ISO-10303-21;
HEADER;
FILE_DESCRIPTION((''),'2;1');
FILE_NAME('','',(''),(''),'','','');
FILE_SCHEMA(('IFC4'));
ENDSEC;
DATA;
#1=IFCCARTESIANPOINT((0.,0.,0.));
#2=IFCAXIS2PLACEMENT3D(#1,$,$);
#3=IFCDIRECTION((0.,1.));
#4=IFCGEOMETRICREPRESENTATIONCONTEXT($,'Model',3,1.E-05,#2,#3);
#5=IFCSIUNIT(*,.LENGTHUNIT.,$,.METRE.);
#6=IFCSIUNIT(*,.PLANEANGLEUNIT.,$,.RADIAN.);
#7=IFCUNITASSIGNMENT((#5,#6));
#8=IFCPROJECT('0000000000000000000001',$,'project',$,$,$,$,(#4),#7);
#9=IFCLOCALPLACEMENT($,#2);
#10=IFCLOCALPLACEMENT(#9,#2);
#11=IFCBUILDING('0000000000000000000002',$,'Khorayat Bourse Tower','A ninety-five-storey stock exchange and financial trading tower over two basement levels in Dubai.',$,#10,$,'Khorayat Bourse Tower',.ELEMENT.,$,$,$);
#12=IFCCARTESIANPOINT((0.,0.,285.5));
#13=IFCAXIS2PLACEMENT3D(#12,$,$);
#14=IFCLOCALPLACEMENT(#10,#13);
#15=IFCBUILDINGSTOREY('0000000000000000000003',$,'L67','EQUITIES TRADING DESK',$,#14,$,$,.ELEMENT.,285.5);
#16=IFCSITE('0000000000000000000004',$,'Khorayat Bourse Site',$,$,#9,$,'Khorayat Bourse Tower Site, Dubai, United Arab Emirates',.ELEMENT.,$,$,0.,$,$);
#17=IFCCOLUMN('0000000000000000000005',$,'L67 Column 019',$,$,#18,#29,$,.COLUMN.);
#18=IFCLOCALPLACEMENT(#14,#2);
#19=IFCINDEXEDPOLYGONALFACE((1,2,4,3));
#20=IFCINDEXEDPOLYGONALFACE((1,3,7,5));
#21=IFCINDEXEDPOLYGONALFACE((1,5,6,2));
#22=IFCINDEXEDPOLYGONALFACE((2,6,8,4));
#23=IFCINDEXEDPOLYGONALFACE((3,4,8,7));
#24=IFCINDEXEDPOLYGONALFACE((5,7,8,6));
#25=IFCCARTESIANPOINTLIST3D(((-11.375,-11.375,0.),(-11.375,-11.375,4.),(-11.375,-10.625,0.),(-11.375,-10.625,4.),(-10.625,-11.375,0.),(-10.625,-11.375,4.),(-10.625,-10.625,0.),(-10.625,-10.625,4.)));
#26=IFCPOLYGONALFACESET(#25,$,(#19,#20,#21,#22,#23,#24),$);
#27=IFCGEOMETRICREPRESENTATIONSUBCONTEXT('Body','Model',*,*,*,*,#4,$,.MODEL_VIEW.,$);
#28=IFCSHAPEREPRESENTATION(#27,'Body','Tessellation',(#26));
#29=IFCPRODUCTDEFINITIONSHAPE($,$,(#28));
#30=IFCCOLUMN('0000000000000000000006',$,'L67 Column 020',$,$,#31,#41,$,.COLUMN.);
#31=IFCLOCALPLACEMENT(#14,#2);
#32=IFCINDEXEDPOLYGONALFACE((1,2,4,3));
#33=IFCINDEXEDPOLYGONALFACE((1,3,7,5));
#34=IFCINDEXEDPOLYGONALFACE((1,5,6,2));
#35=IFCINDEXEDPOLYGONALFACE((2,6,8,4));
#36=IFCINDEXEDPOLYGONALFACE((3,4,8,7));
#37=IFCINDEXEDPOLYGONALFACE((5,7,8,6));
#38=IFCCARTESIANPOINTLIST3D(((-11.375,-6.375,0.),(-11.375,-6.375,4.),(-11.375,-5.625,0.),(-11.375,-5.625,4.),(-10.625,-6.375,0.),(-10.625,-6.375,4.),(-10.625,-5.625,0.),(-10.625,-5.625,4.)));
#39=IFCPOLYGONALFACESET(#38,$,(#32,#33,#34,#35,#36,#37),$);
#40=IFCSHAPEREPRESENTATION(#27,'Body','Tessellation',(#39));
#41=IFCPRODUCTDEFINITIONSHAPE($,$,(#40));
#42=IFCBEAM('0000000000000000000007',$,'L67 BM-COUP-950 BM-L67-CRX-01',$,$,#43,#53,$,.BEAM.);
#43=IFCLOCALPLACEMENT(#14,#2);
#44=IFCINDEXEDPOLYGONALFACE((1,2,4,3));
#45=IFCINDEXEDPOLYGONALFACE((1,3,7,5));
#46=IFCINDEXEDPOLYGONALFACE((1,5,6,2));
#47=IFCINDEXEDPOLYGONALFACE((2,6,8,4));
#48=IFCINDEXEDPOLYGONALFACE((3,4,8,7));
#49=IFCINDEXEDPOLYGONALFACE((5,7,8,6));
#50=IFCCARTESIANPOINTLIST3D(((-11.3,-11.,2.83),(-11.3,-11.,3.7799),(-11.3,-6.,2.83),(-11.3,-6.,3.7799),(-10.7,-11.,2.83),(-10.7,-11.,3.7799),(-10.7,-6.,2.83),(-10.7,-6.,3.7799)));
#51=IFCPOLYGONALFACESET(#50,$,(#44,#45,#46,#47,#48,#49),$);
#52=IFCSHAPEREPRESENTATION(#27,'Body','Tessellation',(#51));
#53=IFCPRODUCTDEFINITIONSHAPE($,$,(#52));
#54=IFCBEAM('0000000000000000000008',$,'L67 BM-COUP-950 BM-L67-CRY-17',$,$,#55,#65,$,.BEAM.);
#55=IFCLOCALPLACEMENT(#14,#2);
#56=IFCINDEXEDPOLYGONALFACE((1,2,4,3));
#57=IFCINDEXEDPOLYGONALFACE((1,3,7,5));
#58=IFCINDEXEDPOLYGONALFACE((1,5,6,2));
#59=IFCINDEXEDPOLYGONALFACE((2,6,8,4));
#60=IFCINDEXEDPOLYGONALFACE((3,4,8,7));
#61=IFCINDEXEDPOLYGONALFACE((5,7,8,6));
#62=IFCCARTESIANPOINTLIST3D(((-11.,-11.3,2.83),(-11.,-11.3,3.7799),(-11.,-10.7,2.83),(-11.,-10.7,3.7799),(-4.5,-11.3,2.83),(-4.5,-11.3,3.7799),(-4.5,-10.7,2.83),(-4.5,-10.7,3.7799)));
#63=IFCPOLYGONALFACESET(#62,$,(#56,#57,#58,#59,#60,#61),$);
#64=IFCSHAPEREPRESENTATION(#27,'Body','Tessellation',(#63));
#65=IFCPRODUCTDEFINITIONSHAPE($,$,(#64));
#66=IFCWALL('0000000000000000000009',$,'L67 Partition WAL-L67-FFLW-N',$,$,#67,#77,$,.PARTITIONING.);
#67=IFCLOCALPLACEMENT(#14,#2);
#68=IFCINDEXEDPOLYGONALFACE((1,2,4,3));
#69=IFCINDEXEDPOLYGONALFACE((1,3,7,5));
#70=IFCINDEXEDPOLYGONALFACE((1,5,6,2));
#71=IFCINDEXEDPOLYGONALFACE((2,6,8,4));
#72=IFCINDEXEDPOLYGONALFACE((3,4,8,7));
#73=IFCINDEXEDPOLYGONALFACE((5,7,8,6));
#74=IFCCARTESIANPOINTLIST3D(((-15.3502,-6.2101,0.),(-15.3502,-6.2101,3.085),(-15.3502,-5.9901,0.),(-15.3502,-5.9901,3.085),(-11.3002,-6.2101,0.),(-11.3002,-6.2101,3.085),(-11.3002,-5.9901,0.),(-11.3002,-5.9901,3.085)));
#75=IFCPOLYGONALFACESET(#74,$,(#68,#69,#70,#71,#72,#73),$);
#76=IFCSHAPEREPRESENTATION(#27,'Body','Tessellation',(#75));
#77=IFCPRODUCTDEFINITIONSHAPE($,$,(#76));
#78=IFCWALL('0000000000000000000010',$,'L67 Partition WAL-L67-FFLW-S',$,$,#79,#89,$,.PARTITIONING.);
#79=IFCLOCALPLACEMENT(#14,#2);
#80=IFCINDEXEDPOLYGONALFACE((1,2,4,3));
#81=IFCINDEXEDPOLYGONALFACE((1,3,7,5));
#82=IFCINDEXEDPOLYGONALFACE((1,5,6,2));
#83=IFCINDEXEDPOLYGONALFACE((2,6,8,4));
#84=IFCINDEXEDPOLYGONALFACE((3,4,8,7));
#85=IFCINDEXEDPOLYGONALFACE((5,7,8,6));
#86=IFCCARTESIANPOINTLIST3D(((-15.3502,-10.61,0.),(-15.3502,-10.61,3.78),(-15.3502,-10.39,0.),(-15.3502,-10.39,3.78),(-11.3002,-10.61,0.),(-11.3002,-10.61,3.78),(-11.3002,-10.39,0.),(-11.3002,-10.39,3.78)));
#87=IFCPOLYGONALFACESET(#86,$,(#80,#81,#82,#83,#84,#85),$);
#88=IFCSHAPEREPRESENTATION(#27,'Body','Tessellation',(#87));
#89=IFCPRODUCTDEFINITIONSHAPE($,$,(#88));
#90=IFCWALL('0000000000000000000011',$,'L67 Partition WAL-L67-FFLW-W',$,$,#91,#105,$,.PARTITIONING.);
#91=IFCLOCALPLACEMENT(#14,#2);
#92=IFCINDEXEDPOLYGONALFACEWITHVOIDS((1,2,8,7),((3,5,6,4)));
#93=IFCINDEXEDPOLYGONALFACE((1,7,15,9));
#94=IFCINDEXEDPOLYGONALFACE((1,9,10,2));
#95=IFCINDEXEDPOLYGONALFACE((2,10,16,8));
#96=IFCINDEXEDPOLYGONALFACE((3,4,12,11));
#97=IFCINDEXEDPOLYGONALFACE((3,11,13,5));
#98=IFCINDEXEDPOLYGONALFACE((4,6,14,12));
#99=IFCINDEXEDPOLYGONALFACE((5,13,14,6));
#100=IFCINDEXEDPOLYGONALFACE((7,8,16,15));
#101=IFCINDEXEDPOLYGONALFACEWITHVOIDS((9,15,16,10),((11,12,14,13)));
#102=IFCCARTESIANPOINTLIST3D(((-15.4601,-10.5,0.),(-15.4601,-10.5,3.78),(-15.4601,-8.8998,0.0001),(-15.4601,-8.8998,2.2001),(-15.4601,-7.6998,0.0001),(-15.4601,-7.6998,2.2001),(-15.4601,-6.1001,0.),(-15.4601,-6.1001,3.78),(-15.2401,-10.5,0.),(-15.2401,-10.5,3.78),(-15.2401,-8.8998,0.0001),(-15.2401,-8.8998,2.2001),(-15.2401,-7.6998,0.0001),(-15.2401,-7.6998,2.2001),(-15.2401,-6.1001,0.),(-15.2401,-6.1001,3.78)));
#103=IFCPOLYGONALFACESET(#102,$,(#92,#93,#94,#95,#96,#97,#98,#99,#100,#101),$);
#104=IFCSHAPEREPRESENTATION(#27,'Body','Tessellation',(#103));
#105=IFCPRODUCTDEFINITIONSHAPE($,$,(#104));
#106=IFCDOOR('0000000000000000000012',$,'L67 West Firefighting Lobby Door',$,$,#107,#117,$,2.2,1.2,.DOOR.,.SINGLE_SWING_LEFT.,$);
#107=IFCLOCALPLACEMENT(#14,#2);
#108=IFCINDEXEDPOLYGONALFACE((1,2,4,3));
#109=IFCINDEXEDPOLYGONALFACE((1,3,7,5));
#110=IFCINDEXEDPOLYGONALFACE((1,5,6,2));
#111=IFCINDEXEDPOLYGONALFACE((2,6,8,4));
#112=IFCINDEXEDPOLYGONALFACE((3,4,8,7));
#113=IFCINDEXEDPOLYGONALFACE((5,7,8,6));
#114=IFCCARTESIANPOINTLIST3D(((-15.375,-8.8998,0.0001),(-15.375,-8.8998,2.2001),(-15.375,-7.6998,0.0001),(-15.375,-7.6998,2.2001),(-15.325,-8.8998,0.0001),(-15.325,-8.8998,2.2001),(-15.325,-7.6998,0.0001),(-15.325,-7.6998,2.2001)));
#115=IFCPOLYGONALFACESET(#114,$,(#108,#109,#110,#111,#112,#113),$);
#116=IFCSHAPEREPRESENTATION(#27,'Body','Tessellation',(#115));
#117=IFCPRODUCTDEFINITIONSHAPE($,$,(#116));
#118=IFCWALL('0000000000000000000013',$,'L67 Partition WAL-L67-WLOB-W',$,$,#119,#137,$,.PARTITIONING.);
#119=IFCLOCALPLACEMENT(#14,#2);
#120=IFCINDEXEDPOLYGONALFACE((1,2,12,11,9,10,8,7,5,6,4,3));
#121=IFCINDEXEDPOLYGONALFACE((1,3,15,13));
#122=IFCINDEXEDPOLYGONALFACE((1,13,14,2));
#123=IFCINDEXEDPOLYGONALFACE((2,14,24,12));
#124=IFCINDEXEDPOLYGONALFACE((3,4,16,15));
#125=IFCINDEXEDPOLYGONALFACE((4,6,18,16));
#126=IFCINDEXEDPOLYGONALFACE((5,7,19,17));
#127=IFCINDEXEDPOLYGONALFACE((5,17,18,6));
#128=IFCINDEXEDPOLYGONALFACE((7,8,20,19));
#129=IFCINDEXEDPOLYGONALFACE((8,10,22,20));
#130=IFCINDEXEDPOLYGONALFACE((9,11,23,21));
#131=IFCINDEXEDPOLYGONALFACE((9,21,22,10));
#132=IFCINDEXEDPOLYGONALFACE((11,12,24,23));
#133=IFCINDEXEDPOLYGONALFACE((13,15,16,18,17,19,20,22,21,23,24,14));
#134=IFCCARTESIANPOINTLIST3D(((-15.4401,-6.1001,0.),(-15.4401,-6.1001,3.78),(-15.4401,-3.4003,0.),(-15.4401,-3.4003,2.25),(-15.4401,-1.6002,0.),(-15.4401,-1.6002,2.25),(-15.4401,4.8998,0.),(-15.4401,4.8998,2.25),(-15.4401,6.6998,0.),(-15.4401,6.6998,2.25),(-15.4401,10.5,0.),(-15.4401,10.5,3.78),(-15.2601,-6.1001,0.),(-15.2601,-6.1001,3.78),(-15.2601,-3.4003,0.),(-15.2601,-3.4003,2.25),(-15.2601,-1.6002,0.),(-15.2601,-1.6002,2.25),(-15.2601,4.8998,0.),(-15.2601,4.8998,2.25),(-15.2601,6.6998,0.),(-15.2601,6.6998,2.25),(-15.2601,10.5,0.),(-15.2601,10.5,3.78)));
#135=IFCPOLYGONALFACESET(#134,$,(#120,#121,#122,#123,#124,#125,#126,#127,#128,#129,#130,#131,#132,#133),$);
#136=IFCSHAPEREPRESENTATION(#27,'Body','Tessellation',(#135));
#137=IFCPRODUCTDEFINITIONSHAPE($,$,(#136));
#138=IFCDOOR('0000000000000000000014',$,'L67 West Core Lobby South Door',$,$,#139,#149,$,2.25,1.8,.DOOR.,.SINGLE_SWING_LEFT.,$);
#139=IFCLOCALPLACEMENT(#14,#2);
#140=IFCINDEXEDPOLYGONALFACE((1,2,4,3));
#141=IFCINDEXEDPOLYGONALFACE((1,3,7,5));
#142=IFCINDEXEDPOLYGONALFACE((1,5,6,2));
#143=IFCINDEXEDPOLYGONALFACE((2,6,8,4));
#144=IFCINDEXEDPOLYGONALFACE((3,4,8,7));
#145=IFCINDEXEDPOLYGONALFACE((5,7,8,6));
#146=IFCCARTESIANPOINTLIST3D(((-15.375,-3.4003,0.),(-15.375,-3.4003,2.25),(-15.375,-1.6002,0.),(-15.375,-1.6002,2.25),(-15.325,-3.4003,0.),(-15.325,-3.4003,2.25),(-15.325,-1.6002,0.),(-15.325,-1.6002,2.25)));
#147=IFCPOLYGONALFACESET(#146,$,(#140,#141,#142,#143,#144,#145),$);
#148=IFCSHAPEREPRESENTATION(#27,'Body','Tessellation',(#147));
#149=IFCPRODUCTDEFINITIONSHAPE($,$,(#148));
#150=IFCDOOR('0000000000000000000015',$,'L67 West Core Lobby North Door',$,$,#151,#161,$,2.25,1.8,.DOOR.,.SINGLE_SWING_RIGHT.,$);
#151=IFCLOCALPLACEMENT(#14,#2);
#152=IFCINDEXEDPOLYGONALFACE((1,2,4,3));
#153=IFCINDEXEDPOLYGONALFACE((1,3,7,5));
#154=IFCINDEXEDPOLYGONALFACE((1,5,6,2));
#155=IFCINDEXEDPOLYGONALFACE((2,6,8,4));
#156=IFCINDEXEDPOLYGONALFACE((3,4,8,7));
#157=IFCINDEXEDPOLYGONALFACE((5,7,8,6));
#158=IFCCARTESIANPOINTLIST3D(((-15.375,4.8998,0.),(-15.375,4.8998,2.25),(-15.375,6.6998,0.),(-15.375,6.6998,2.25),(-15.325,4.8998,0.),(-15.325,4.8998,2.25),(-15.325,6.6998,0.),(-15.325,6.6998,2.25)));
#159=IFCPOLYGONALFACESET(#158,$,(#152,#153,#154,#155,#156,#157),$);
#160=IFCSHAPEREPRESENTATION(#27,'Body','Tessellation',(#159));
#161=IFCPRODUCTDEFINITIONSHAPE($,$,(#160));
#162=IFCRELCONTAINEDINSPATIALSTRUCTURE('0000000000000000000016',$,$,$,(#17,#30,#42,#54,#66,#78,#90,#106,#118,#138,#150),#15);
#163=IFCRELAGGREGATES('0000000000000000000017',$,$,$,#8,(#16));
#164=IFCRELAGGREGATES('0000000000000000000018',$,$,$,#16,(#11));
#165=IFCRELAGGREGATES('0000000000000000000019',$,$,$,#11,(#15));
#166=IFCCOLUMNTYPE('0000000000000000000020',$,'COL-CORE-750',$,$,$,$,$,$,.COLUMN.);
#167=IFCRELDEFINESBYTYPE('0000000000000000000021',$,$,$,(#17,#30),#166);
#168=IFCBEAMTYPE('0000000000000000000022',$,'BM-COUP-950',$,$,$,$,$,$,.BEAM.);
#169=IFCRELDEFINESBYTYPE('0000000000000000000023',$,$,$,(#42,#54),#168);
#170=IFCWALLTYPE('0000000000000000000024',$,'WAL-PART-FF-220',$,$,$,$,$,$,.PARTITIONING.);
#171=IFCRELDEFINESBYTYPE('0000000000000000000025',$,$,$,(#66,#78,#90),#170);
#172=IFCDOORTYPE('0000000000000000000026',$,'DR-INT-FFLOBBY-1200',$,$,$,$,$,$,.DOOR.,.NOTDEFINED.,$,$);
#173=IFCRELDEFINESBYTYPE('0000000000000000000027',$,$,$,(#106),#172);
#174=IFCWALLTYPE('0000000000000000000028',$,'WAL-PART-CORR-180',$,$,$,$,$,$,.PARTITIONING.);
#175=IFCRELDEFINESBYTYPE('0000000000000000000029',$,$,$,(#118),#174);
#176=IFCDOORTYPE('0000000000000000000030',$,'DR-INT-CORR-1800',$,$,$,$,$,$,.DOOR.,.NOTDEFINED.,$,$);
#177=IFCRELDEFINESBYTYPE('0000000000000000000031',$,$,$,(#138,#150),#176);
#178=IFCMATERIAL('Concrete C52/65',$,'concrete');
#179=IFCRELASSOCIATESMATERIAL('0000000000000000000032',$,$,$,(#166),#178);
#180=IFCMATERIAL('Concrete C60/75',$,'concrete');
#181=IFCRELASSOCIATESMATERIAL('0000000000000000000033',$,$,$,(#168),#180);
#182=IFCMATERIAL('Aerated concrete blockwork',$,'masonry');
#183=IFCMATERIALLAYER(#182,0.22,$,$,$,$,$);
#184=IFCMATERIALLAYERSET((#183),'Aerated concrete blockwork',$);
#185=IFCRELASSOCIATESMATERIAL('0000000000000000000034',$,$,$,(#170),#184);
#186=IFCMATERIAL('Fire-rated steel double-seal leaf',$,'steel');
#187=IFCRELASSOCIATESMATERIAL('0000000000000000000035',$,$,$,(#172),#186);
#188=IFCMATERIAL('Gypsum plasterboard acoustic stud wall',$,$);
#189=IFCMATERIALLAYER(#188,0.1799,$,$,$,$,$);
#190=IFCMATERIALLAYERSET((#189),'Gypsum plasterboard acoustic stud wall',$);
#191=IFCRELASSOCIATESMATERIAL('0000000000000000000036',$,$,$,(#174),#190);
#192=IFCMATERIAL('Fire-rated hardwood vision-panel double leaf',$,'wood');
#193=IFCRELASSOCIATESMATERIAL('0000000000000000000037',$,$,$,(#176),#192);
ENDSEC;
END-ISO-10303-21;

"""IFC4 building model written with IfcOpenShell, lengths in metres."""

from ifc_helpers import new_model, si_unit, direction, frame, frame_2d, origin, origin_2d, place, context, subcontext, project, spatial, rectangle, extrude, source, transform, mapped, material, layer, layer_set, material_profile, profile_set, type_object, element, fill, save


model = new_model("IFC4")

# Units and contexts
model_context = context("Model", 3, precision=1e-05, world=origin(), true_north=direction((0.0, 1.0)))
body_context = subcontext(model_context, "Body", "Model", "MODEL_VIEW")
ifc_project = project(units=[si_unit("LENGTHUNIT", "METRE"), si_unit("PLANEANGLEUNIT", "RADIAN")], contexts=[model_context])

# Site, building, storey
site_placement = place(None, origin())
site = spatial("IfcSite", under=ifc_project, at=site_placement, Name="Khorayat Bourse Site", LongName="Khorayat Bourse Tower Site, Dubai, United Arab Emirates", CompositionType="ELEMENT", RefElevation=0.0)
building_placement = place(site_placement, origin())
building = spatial("IfcBuilding", under=site, at=building_placement, Name="Khorayat Bourse Tower", Description="A ninety-five-storey stock exchange and financial trading tower over two basement levels in Dubai.", LongName="Khorayat Bourse Tower", CompositionType="ELEMENT")
storey_placement = place(building_placement, frame((0.0, 0.0, 285.5)))
storey = spatial("IfcBuildingStorey", under=building, at=storey_placement, Name="L67", Description="EQUITIES TRADING DESK", CompositionType="ELEMENT", Elevation=285.5)

# Columns
ifc_material_1 = material(Name="Concrete C52/65", Category="concrete")
ifc_material_profile_1 = material_profile(ifc_material_1, rectangle(XDim=0.75, YDim=0.75, at=origin_2d()), Name="RC 750x750")
ifc_profile_set_1 = profile_set([ifc_material_profile_1], Name="Concrete C52/65")
column_type = type_object("IfcColumnType", Name="COL-CORE-750", PredefinedType="COLUMN", material=ifc_profile_set_1)
shared_shape_1 = source(origin(), body_context, "Body", "SweptSolid", [
    extrude(rectangle(XDim=0.75, YDim=0.75, at=origin_2d()), origin(), (0.0, 0.0, 1.0), 4.0),
])
for number, where, z_axis, x_axis, name in (
    (1, (-11.0, -11.0, 0.0), (0.0, 0.0, 1.0), (1.0, 0.0, 0.0), "L67 Column 019"),
    (2, (-11.0, -6.0, 0.0), (0.0, 0.0, 1.0), (1.0, 0.0, 0.0), "L67 Column 020"),
):
    element("IfcColumn", number, at=place(storey_placement, frame(where, z_axis=z_axis, x_axis=x_axis)), inside=storey, type_object=column_type, Name=name, PredefinedType="COLUMN", context=body_context, shape_type="MappedRepresentation", body=[
        mapped(shared_shape_1, transform((0.0, 0.0, 0.0), scale=1.0)),
    ])

# Beams
ifc_material_2 = material(Name="Concrete C60/75", Category="concrete")
ifc_material_profile_2 = material_profile(ifc_material_2, rectangle(XDim=0.6001, YDim=0.95, at=origin_2d()), Name="RC 600x950")
ifc_profile_set_2 = profile_set([ifc_material_profile_2], Name="Concrete C60/75")
beam_type = type_object("IfcBeamType", Name="BM-COUP-950", PredefinedType="BEAM", material=ifc_profile_set_2)
shared_shape_2 = source(origin(), body_context, "Body", "SweptSolid", [
    extrude(rectangle(XDim=0.6001, YDim=0.95, at=origin_2d()), origin(), (0.0, 0.0, 1.0), 5.0),
])
beam_1_placement = place(storey_placement, frame((-11.0, -11.0, 3.3049), z_axis=(0.0, 1.0, 0.0), x_axis=(-1.0, 0.0, 0.0)))
element("IfcBeam", 3, at=beam_1_placement, inside=storey, type_object=beam_type, Name="L67 BM-COUP-950 BM-L67-CRX-01", PredefinedType="BEAM", context=body_context, shape_type="MappedRepresentation", body=[
    mapped(shared_shape_2, transform((0.0, 0.0, 0.0), scale=1.0)),
])
shared_shape_3 = source(origin(), body_context, "Body", "SweptSolid", [
    extrude(rectangle(XDim=0.6001, YDim=0.95, at=origin_2d()), origin(), (0.0, 0.0, 1.0), 6.5),
])
beam_2_placement = place(storey_placement, frame((-11.0, -11.0, 3.3049), z_axis=(1.0, 0.0, 0.0), x_axis=(0.0, 1.0, 0.0)))
element("IfcBeam", 4, at=beam_2_placement, inside=storey, type_object=beam_type, Name="L67 BM-COUP-950 BM-L67-CRY-17", PredefinedType="BEAM", context=body_context, shape_type="MappedRepresentation", body=[
    mapped(shared_shape_3, transform((0.0, 0.0, 0.0), scale=1.0)),
])

# Walls
ifc_material_3 = material(Name="Aerated concrete blockwork", Category="masonry")
ifc_layer_1 = layer(ifc_material_3, 0.22)
ifc_layer_set_1 = layer_set([ifc_layer_1], Name="Aerated concrete blockwork")
wall_type_1 = type_object("IfcWallType", Name="WAL-PART-FF-220", PredefinedType="PARTITIONING", material=ifc_layer_set_1)
shared_shape_4 = source(origin(), body_context, "Body", "SweptSolid", [
    extrude(rectangle(XDim=4.05, YDim=0.22, at=frame_2d((2.0249, 0.0))), origin(), (0.0, 0.0, 1.0), 3.085),
])
wall_1_placement = place(storey_placement, frame((-15.3501, -6.1001, 0.0), z_axis=(0.0, 0.0, 1.0), x_axis=(1.0, 0.0, 0.0)))
element("IfcWall", 5, at=wall_1_placement, inside=storey, type_object=wall_type_1, Name="L67 Partition WAL-L67-FFLW-N", PredefinedType="PARTITIONING", context=body_context, shape_type="MappedRepresentation", body=[
    mapped(shared_shape_4, transform((0.0, 0.0, 0.0), scale=1.0)),
])
shared_shape_5 = source(origin(), body_context, "Body", "SweptSolid", [
    extrude(rectangle(XDim=4.05, YDim=0.22, at=frame_2d((2.0249, 0.0))), origin(), (0.0, 0.0, 1.0), 3.78),
])
wall_2_placement = place(storey_placement, frame((-15.3501, -10.5, 0.0), z_axis=(0.0, 0.0, 1.0), x_axis=(1.0, 0.0, 0.0)))
element("IfcWall", 6, at=wall_2_placement, inside=storey, type_object=wall_type_1, Name="L67 Partition WAL-L67-FFLW-S", PredefinedType="PARTITIONING", context=body_context, shape_type="MappedRepresentation", body=[
    mapped(shared_shape_5, transform((0.0, 0.0, 0.0), scale=1.0)),
])

# Wall, opening, door
shared_shape_6 = source(origin(), body_context, "Body", "SweptSolid", [
    extrude(rectangle(XDim=4.3999, YDim=0.22, at=frame_2d((2.2, 0.0))), origin(), (0.0, 0.0, 1.0), 3.78),
])
wall_3_placement = place(storey_placement, frame((-15.3501, -10.5, 0.0), z_axis=(0.0, 0.0, 1.0), x_axis=(0.0, 1.0, 0.0)))
wall_3 = element("IfcWall", 7, at=wall_3_placement, inside=storey, type_object=wall_type_1, Name="L67 Partition WAL-L67-FFLW-W", PredefinedType="PARTITIONING", context=body_context, shape_type="MappedRepresentation", body=[
    mapped(shared_shape_6, transform((0.0, 0.0, 0.0), scale=1.0)),
])
shared_shape_7 = source(origin(), body_context, "Body", "SweptSolid", [
    extrude(rectangle(XDim=1.2, YDim=2.2, at=frame_2d((0.6001, 1.1001))), frame((0.0, 0.1199, 0.0), z_axis=(0.0, -1.0, 0.0), x_axis=(1.0, 0.0, 0.0)), (0.0, 0.0, 1.0), 0.24),
])
opening_1_placement = place(wall_3_placement, frame((1.6001, 0.0, 0.0)))
opening_1 = element("IfcOpeningElement", 8, at=opening_1_placement, cuts=wall_3, PredefinedType="OPENING", context=body_context, shape_type="MappedRepresentation", body=[
    mapped(shared_shape_7, transform((0.0, 0.0, 0.0), scale=1.0)),
])
ifc_material_4 = material(Name="Fire-rated steel double-seal leaf", Category="steel")
door_type_1 = type_object("IfcDoorType", Name="DR-INT-FFLOBBY-1200", OperationType="NOTDEFINED", PredefinedType="DOOR", material=ifc_material_4)
shared_shape_8 = source(origin(), body_context, "Body", "SweptSolid", [
    extrude(rectangle(XDim=1.2, YDim=2.2, at=frame_2d((0.6001, 1.1001))), frame((0.0, 0.0249, 0.0), z_axis=(0.0, -1.0, 0.0), x_axis=(1.0, 0.0, 0.0)), (0.0, 0.0, 1.0), 0.05),
])
door_1_placement = place(opening_1_placement, origin())
door_1 = element("IfcDoor", 9, at=door_1_placement, inside=storey, type_object=door_type_1, Name="L67 West Firefighting Lobby Door", OperationType="SINGLE_SWING_LEFT", OverallHeight=2.2, OverallWidth=1.2, PredefinedType="DOOR", context=body_context, shape_type="MappedRepresentation", body=[
    mapped(shared_shape_8, transform((0.0, 0.0, 0.0), scale=1.0)),
])
fill(opening_1, door_1)

# Wall, openings, doors
ifc_material_5 = material(Name="Gypsum plasterboard acoustic stud wall")
ifc_layer_2 = layer(ifc_material_5, 0.1799)
ifc_layer_set_2 = layer_set([ifc_layer_2], Name="Gypsum plasterboard acoustic stud wall")
wall_type_2 = type_object("IfcWallType", Name="WAL-PART-CORR-180", PredefinedType="PARTITIONING", material=ifc_layer_set_2)
shared_shape_9 = source(origin(), body_context, "Body", "SweptSolid", [
    extrude(rectangle(XDim=16.6001, YDim=0.1799, at=frame_2d((8.3, 0.0))), origin(), (0.0, 0.0, 1.0), 3.78),
])
wall_4_placement = place(storey_placement, frame((-15.3501, -6.1001, 0.0), z_axis=(0.0, 0.0, 1.0), x_axis=(0.0, 1.0, 0.0)))
wall_4 = element("IfcWall", 10, at=wall_4_placement, inside=storey, type_object=wall_type_2, Name="L67 Partition WAL-L67-WLOB-W", PredefinedType="PARTITIONING", context=body_context, shape_type="MappedRepresentation", body=[
    mapped(shared_shape_9, transform((0.0, 0.0, 0.0), scale=1.0)),
])
shared_shape_10 = source(origin(), body_context, "Body", "SweptSolid", [
    extrude(rectangle(XDim=1.8, YDim=2.25, at=frame_2d((0.8999, 1.125))), frame((0.0, 0.0999, 0.0), z_axis=(0.0, -1.0, 0.0), x_axis=(1.0, 0.0, 0.0)), (0.0, 0.0, 1.0), 0.2),
])
opening_2_placement = place(wall_4_placement, frame((2.7, 0.0, 0.0)))
opening_2 = element("IfcOpeningElement", 11, at=opening_2_placement, cuts=wall_4, PredefinedType="OPENING", context=body_context, shape_type="MappedRepresentation", body=[
    mapped(shared_shape_10, transform((0.0, 0.0, 0.0), scale=1.0)),
])
opening_3_placement = place(wall_4_placement, frame((11.0, 0.0, 0.0)))
opening_3 = element("IfcOpeningElement", 12, at=opening_3_placement, cuts=wall_4, PredefinedType="OPENING", context=body_context, shape_type="MappedRepresentation", body=[
    mapped(shared_shape_10, transform((0.0, 0.0, 0.0), scale=1.0)),
])
ifc_material_6 = material(Name="Fire-rated hardwood vision-panel double leaf", Category="wood")
door_type_2 = type_object("IfcDoorType", Name="DR-INT-CORR-1800", OperationType="NOTDEFINED", PredefinedType="DOOR", material=ifc_material_6)
shared_shape_11 = source(origin(), body_context, "Body", "SweptSolid", [
    extrude(rectangle(XDim=1.8, YDim=2.25, at=frame_2d((0.8999, 1.125))), frame((0.0, 0.0249, 0.0), z_axis=(0.0, -1.0, 0.0), x_axis=(1.0, 0.0, 0.0)), (0.0, 0.0, 1.0), 0.05),
])
door_2_placement = place(opening_2_placement, origin())
door_2 = element("IfcDoor", 13, at=door_2_placement, inside=storey, type_object=door_type_2, Name="L67 West Core Lobby South Door", OperationType="SINGLE_SWING_LEFT", OverallHeight=2.25, OverallWidth=1.8, PredefinedType="DOOR", context=body_context, shape_type="MappedRepresentation", body=[
    mapped(shared_shape_11, transform((0.0, 0.0, 0.0), scale=1.0)),
])
fill(opening_2, door_2)
door_3_placement = place(opening_3_placement, origin())
door_3 = element("IfcDoor", 14, at=door_3_placement, inside=storey, type_object=door_type_2, Name="L67 West Core Lobby North Door", OperationType="SINGLE_SWING_RIGHT", OverallHeight=2.25, OverallWidth=1.8, PredefinedType="DOOR", context=body_context, shape_type="MappedRepresentation", body=[
    mapped(shared_shape_11, transform((0.0, 0.0, 0.0), scale=1.0)),
])
fill(opening_3, door_3)

save(model, "model.ifc")
